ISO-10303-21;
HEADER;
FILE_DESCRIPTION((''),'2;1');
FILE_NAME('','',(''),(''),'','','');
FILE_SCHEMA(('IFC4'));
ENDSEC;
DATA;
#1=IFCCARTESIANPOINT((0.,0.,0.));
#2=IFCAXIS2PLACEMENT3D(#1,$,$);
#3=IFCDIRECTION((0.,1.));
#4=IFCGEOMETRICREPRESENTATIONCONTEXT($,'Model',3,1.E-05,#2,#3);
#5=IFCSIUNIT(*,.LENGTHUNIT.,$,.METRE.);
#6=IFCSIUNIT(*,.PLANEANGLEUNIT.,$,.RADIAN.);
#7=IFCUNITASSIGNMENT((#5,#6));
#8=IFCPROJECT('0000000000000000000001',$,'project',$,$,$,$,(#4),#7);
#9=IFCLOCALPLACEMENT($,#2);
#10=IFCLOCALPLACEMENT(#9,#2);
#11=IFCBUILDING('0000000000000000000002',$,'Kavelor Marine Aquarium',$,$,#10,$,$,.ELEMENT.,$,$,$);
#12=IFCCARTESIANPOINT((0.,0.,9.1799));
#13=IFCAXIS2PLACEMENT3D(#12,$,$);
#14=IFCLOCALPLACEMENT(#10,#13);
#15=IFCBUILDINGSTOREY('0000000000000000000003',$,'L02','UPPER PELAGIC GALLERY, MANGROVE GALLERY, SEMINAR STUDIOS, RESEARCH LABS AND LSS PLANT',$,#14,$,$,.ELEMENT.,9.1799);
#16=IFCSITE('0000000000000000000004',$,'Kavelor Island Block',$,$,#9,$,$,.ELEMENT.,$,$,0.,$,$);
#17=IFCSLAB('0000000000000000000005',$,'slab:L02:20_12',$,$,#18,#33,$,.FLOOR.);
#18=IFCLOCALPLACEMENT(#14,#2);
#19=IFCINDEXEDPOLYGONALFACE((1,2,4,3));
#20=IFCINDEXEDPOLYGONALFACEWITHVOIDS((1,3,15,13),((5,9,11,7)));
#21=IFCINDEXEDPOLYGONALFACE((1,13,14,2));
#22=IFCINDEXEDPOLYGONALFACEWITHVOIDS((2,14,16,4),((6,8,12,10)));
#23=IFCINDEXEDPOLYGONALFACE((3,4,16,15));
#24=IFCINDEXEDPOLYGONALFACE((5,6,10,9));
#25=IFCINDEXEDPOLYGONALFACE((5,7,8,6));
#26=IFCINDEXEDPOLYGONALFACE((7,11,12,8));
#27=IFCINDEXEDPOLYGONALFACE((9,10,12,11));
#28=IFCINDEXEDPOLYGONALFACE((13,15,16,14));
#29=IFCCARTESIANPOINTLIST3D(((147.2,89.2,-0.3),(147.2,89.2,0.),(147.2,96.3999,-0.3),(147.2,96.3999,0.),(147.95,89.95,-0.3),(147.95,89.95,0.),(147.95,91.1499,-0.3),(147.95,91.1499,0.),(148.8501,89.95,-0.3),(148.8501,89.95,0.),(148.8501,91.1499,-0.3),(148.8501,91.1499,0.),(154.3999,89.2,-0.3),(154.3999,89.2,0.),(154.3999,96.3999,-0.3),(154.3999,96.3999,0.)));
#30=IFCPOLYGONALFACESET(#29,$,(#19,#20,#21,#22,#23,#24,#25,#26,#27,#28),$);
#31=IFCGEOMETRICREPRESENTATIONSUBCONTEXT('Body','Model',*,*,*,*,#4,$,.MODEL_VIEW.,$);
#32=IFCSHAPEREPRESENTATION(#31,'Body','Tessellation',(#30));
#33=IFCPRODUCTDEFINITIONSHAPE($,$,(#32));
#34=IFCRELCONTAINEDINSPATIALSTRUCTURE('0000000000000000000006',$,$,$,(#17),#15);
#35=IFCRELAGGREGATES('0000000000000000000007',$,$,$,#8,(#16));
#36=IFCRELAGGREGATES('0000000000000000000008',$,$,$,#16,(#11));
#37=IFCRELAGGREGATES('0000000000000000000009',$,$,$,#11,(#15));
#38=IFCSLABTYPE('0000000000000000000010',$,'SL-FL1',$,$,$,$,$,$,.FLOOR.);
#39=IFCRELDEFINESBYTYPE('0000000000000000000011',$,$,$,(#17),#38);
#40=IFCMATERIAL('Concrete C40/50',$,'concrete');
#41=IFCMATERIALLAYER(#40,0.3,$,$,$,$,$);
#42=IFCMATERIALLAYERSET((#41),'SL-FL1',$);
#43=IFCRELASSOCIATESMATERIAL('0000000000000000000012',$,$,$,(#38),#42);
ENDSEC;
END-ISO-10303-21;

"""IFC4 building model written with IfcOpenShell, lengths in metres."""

from ifc_helpers import new_model, si_unit, direction, frame, origin, place, context, subcontext, project, spatial, polyline, outline, extrude, material, layer, layer_set, type_object, element, save


model = new_model("IFC4")

# Units and contexts
model_context = context("Model", 3, precision=1e-05, world=origin(), true_north=direction((0.0, 1.0)))
body_context = subcontext(model_context, "Body", "Model", "MODEL_VIEW")
ifc_project = project(units=[si_unit("LENGTHUNIT", "METRE"), si_unit("PLANEANGLEUNIT", "RADIAN")], contexts=[model_context])

# Site, building, storey
site_placement = place(None, origin())
site = spatial("IfcSite", under=ifc_project, at=site_placement, Name="Kavelor Island Block", CompositionType="ELEMENT", RefElevation=0.0)
building_placement = place(site_placement, origin())
building = spatial("IfcBuilding", under=site, at=building_placement, Name="Kavelor Marine Aquarium", CompositionType="ELEMENT")
storey_placement = place(building_placement, frame((0.0, 0.0, 9.1799)))
storey = spatial("IfcBuildingStorey", under=building, at=storey_placement, Name="L02", Description="UPPER PELAGIC GALLERY, MANGROVE GALLERY, SEMINAR STUDIOS, RESEARCH LABS AND LSS PLANT", CompositionType="ELEMENT", Elevation=9.1799)

# Slab
ifc_material = material(Name="Concrete C40/50", Category="concrete")
ifc_layer = layer(ifc_material, 0.3)
ifc_layer_set = layer_set([ifc_layer], Name="SL-FL1")
slab_type = type_object("IfcSlabType", Name="SL-FL1", PredefinedType="FLOOR", material=ifc_layer_set)
slab_1_placement = place(storey_placement, frame((0.0, 0.0, -0.3)))
element("IfcSlab", 1, at=slab_1_placement, inside=storey, type_object=slab_type, Name="slab:L02:20_12", PredefinedType="FLOOR", context=body_context, shape_type="SweptSolid", body=[
    extrude(outline(polyline([(147.2, 89.2), (154.3999, 89.2), (154.3999, 96.3999), (147.2, 96.3999), (147.2, 89.2)]), holes=[polyline([(147.95, 89.95), (148.8501, 89.95), (148.8501, 91.1499), (147.95, 91.1499), (147.95, 89.95)])]), origin(), (0.0, 0.0, 1.0), 0.3),
])

save(model, "model.ifc")
